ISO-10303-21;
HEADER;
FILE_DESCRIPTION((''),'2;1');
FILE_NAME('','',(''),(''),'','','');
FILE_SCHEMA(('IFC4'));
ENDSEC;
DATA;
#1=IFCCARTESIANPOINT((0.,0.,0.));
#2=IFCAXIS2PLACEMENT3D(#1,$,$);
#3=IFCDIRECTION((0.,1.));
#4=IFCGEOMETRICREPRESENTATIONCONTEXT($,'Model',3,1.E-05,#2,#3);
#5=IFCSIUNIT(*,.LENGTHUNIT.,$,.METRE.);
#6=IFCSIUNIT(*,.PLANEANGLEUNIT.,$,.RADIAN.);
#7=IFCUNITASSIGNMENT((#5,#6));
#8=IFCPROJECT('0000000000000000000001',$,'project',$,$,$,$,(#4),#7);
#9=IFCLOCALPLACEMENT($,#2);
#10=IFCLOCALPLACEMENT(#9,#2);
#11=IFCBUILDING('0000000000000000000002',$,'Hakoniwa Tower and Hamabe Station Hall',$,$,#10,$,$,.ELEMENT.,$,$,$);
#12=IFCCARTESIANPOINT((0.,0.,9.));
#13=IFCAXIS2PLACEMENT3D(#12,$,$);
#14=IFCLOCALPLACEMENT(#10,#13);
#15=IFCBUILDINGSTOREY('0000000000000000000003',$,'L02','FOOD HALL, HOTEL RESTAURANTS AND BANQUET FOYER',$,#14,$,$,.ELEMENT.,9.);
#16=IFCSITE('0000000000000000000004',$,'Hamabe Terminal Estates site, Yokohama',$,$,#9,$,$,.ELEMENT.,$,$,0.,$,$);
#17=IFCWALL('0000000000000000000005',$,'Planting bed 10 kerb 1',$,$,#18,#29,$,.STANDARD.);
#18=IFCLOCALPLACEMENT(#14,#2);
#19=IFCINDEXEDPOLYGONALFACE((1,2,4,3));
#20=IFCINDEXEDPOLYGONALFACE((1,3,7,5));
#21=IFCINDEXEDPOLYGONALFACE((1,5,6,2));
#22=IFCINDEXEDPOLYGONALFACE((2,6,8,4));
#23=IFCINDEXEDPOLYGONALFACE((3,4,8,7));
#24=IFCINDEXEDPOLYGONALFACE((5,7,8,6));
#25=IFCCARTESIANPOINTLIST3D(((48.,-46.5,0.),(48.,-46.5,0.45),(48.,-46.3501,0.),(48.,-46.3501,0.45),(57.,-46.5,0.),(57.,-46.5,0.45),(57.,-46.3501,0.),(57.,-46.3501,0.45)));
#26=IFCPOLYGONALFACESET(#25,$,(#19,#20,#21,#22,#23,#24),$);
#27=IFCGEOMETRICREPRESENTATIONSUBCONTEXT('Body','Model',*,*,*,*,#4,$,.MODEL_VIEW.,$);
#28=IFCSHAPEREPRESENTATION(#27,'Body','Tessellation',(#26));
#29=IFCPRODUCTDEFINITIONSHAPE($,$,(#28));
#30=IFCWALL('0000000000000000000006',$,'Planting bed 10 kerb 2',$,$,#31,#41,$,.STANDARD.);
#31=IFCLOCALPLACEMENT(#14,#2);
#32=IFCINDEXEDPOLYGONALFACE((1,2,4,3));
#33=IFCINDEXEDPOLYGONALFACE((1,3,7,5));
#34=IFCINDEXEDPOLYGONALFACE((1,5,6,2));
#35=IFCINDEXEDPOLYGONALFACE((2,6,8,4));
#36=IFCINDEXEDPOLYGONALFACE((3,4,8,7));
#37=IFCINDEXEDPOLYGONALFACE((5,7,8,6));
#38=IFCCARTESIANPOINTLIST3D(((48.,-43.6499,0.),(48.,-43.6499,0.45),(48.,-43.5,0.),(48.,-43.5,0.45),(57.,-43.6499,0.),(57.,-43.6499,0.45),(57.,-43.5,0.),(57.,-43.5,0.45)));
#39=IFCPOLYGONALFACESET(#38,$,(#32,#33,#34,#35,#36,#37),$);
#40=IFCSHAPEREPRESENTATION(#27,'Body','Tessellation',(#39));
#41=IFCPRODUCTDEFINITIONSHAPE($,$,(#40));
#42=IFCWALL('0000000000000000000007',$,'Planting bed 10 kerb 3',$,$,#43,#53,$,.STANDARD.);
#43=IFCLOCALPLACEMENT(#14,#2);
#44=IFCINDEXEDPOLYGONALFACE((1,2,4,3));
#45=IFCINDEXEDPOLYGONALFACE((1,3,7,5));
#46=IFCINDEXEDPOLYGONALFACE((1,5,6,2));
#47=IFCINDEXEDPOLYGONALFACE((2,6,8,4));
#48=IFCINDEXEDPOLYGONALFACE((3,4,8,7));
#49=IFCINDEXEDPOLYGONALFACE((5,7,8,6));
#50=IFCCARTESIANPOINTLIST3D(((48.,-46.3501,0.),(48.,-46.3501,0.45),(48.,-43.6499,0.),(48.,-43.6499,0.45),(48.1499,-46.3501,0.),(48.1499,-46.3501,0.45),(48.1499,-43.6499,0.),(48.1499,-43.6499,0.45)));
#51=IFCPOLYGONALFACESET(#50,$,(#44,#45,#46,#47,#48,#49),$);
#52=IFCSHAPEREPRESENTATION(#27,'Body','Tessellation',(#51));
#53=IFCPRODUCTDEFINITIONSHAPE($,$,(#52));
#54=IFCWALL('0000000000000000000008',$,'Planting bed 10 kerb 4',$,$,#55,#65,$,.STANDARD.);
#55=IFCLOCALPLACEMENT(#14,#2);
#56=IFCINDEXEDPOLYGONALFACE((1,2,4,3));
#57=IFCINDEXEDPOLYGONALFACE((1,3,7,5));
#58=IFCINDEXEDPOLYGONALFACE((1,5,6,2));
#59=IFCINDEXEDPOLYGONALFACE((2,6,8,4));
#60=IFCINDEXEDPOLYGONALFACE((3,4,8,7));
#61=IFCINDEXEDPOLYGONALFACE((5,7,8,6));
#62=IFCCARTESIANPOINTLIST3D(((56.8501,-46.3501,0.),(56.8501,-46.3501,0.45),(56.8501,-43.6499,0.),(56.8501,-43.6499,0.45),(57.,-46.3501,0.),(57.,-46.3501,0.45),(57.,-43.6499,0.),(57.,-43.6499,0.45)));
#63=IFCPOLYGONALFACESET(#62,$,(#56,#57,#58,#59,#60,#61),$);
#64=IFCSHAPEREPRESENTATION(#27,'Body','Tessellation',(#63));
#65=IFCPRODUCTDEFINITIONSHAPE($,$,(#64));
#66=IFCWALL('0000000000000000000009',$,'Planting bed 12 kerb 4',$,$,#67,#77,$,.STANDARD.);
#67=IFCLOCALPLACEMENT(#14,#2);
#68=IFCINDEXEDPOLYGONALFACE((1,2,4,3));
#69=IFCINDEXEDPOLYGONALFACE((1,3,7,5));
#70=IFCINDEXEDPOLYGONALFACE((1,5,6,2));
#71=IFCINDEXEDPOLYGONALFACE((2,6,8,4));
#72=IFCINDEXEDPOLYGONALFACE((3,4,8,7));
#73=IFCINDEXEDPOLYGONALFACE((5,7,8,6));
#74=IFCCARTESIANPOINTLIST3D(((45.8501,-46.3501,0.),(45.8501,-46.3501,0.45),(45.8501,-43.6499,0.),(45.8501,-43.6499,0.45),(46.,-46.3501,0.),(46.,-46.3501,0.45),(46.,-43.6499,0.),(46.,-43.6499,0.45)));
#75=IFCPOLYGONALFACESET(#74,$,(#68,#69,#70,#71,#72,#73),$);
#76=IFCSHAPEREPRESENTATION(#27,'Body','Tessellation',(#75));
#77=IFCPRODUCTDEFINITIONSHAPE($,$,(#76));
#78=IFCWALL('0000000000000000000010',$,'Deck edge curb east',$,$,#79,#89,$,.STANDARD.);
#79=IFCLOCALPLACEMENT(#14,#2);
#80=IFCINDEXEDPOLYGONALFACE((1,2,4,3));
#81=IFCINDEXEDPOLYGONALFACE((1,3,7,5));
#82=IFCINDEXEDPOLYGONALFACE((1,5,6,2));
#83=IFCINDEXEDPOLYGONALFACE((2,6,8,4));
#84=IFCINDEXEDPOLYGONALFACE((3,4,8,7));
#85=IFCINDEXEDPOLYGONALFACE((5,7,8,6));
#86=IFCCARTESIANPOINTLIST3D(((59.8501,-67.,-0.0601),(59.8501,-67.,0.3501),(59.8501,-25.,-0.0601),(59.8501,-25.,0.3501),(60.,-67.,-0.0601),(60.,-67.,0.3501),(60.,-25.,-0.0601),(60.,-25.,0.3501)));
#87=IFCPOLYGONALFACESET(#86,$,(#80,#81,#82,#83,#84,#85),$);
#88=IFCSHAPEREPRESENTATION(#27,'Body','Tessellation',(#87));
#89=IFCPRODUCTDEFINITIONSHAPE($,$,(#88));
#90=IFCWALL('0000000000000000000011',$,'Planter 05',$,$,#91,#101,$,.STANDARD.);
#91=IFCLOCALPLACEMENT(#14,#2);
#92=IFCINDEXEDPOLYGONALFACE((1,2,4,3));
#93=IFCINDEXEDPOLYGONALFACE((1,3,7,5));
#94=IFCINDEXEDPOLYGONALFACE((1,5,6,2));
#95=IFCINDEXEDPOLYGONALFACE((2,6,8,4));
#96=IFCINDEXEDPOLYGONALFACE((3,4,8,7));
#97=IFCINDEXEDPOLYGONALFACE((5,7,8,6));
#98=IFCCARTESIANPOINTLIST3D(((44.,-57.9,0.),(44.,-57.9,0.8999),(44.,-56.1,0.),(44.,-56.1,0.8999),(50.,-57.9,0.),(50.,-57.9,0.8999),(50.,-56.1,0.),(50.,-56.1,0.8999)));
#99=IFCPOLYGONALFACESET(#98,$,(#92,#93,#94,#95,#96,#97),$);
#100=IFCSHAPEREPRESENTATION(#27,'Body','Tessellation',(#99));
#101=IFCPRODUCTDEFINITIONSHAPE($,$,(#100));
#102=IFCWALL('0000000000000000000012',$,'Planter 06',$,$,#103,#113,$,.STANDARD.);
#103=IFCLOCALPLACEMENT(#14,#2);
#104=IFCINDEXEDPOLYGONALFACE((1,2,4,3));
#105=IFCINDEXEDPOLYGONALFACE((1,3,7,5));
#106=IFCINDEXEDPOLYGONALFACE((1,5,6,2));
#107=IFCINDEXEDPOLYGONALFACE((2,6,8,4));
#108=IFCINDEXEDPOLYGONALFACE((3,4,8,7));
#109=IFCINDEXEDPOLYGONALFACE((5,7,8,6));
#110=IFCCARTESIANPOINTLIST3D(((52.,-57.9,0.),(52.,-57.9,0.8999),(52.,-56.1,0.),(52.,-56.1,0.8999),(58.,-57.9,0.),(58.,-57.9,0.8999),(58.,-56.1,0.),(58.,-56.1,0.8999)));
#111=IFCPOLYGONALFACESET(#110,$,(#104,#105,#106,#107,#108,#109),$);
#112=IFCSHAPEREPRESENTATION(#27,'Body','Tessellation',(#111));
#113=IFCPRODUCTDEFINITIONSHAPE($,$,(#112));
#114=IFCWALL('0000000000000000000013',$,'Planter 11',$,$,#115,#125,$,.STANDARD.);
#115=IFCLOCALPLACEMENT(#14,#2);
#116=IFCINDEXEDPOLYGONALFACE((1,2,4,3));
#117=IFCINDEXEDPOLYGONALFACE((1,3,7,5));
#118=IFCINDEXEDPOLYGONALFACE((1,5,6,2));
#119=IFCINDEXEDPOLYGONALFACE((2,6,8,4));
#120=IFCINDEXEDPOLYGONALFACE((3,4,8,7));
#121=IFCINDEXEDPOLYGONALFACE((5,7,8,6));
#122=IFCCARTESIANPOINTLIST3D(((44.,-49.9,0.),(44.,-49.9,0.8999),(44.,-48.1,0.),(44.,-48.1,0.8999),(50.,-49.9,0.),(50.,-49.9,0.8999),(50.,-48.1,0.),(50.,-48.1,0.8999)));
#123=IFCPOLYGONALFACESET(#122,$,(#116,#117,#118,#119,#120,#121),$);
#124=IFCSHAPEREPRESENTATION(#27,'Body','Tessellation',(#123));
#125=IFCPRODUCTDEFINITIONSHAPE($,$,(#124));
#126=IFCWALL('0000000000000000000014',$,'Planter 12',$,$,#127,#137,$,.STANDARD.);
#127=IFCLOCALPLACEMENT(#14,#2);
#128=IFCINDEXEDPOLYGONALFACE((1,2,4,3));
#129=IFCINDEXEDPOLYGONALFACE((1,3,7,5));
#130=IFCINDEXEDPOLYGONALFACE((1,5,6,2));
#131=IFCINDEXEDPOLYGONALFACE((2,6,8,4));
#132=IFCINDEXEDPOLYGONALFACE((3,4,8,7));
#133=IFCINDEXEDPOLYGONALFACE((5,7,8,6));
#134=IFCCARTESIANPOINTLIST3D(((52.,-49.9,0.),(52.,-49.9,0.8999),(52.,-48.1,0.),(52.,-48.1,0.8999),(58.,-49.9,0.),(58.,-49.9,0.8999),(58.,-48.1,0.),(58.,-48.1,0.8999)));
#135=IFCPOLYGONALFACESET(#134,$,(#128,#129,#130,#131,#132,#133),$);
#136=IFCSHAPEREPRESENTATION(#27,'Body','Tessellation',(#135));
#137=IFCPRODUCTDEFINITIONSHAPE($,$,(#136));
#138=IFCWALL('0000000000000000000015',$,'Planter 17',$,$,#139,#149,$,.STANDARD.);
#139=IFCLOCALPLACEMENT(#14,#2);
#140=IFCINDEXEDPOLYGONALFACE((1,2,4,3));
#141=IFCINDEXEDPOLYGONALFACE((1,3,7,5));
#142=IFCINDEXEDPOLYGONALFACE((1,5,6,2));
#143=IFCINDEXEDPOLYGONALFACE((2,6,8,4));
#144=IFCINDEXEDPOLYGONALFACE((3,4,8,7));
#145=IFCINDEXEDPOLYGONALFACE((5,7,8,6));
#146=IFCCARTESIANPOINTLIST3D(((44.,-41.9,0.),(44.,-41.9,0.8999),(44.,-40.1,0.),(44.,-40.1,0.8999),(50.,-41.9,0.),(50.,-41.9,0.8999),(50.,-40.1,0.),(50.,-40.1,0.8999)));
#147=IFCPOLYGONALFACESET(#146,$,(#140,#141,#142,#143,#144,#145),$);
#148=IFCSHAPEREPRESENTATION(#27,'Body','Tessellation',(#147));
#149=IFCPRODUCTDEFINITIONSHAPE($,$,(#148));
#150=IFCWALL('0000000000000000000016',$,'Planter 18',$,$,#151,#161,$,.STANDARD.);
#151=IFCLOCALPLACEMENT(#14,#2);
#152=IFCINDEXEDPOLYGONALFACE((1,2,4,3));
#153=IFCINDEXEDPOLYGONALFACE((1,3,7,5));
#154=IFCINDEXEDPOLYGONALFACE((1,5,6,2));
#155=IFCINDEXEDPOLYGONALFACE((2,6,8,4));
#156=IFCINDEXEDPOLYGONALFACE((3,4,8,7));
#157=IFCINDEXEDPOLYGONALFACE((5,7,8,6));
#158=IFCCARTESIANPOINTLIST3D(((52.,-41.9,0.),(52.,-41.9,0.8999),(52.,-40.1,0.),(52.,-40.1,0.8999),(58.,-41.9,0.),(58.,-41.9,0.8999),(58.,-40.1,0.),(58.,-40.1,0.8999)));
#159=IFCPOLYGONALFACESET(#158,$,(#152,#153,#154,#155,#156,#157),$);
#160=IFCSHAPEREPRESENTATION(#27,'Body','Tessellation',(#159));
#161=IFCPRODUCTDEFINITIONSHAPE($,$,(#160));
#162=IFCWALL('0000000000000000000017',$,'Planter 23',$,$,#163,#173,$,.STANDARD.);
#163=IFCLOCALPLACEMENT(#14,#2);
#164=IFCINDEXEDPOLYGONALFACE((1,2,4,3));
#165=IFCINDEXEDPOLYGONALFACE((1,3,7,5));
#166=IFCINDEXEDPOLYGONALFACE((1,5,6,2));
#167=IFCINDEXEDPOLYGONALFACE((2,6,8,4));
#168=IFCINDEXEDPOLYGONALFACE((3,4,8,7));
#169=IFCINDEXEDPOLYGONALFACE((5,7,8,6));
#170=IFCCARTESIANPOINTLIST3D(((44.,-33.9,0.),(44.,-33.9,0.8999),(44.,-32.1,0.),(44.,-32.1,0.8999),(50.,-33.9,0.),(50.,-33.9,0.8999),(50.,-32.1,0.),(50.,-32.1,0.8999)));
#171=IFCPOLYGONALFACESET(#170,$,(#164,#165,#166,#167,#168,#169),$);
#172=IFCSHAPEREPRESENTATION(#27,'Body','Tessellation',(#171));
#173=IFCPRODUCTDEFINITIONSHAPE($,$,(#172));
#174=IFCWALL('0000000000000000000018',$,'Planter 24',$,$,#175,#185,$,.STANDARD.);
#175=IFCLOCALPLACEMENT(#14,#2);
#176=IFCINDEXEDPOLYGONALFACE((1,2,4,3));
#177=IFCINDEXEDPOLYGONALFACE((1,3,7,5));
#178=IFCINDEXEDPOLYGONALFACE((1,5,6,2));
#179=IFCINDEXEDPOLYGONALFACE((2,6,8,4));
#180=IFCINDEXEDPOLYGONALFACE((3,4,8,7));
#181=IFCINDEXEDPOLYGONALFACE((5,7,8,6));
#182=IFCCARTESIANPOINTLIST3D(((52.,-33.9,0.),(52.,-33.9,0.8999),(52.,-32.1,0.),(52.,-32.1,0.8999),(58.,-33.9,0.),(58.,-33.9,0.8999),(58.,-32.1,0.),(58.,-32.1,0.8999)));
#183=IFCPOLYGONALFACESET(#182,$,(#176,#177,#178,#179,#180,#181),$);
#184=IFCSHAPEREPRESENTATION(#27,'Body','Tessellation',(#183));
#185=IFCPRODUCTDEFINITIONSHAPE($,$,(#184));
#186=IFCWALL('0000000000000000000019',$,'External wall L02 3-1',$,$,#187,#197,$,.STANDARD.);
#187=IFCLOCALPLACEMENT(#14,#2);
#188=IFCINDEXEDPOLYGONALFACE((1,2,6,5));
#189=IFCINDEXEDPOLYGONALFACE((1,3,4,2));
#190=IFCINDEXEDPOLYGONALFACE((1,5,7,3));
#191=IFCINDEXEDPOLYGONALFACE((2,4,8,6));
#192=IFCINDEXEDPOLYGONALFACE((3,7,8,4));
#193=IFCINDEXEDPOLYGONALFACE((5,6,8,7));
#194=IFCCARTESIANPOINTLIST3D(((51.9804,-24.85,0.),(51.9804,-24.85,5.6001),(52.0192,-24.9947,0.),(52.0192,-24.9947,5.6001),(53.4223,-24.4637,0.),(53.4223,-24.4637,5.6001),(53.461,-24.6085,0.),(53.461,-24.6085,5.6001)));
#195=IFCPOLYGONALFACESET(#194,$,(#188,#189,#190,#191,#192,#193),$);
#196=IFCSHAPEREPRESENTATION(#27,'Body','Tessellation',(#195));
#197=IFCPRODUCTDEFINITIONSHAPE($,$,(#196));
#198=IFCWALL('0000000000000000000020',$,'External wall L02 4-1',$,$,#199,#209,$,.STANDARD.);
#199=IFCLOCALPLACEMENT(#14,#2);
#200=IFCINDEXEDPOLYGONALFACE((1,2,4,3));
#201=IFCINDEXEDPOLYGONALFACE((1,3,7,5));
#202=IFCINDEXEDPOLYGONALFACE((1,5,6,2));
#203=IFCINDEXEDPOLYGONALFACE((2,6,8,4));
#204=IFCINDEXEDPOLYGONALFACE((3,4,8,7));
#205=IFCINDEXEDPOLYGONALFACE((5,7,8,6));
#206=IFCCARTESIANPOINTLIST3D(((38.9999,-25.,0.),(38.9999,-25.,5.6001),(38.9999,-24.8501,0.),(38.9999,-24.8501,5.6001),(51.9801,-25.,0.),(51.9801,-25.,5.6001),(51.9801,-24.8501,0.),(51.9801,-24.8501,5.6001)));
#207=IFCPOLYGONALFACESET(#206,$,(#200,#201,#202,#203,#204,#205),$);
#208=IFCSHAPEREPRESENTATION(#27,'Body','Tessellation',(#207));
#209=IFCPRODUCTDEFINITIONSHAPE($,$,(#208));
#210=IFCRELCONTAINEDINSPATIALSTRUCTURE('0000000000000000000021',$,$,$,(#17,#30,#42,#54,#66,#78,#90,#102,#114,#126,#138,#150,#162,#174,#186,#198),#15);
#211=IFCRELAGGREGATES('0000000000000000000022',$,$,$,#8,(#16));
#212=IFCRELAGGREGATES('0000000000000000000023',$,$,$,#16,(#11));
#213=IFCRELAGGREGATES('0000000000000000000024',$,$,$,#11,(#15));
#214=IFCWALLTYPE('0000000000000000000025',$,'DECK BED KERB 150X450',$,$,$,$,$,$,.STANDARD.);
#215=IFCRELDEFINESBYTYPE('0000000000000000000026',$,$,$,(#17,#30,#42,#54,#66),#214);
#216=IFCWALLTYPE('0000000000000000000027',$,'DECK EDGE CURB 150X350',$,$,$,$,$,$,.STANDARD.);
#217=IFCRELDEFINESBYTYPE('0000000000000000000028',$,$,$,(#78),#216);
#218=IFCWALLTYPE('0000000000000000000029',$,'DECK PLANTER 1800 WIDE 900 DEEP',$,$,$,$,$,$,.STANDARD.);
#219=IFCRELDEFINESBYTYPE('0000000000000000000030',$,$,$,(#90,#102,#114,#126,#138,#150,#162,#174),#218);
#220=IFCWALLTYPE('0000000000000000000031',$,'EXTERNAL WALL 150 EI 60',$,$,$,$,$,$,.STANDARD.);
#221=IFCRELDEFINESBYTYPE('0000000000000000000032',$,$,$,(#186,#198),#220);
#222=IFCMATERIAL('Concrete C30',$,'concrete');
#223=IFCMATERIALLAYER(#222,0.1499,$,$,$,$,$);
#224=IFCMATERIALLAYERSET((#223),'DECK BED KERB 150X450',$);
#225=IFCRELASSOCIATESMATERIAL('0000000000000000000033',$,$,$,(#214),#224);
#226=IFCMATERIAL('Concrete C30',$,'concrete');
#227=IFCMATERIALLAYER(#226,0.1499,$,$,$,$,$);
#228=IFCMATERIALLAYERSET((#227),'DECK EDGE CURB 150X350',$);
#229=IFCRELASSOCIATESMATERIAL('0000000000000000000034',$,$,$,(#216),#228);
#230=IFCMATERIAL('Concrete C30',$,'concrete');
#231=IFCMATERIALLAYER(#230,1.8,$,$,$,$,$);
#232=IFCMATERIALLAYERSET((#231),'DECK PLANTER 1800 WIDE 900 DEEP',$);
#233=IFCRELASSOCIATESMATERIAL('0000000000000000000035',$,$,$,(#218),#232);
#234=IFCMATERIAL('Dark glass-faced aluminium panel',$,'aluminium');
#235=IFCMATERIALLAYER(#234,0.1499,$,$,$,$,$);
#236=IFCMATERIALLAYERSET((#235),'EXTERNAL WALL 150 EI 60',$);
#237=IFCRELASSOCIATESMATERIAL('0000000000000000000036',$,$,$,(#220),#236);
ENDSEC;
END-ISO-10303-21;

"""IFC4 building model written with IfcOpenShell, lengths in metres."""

from ifc_helpers import new_model, si_unit, direction, frame, frame_2d, origin, place, context, subcontext, project, spatial, rectangle, extrude, material, layer, layer_set, type_object, element, save


model = new_model("IFC4")

# Units and contexts
model_context = context("Model", 3, precision=1e-05, world=origin(), true_north=direction((0.0, 1.0)))
body_context = subcontext(model_context, "Body", "Model", "MODEL_VIEW")
ifc_project = project(units=[si_unit("LENGTHUNIT", "METRE"), si_unit("PLANEANGLEUNIT", "RADIAN")], contexts=[model_context])

# Site, building, storey
site_placement = place(None, origin())
site = spatial("IfcSite", under=ifc_project, at=site_placement, Name="Hamabe Terminal Estates site, Yokohama", CompositionType="ELEMENT", RefElevation=0.0)
building_placement = place(site_placement, origin())
building = spatial("IfcBuilding", under=site, at=building_placement, Name="Hakoniwa Tower and Hamabe Station Hall", CompositionType="ELEMENT")
storey_placement = place(building_placement, frame((0.0, 0.0, 9.0)))
storey = spatial("IfcBuildingStorey", under=building, at=storey_placement, Name="L02", Description="FOOD HALL, HOTEL RESTAURANTS AND BANQUET FOYER", CompositionType="ELEMENT", Elevation=9.0)

# Walls
ifc_material_1 = material(Name="Concrete C30", Category="concrete")
ifc_layer_1 = layer(ifc_material_1, 0.1499)
ifc_layer_set_1 = layer_set([ifc_layer_1], Name="DECK BED KERB 150X450")
wall_type_1 = type_object("IfcWallType", Name="DECK BED KERB 150X450", PredefinedType="STANDARD", material=ifc_layer_set_1)
for number, where, z_axis, x_axis, name in (
    (1, (48.0, -46.425, 0.0), (0.0, 0.0, 1.0), (1.0, 0.0, 0.0), "Planting bed 10 kerb 1"),
    (2, (48.0, -43.575, 0.0), (0.0, 0.0, 1.0), (1.0, 0.0, 0.0), "Planting bed 10 kerb 2"),
):
    element("IfcWall", number, at=place(storey_placement, frame(where, z_axis=z_axis, x_axis=x_axis)), inside=storey, type_object=wall_type_1, Name=name, PredefinedType="STANDARD", context=body_context, shape_type="SweptSolid", body=[
        extrude(rectangle(XDim=9.0, YDim=0.1499, at=frame_2d((4.5, 0.0))), origin(), (0.0, 0.0, 1.0), 0.45),
    ])
for number, where, z_axis, x_axis, name in (
    (3, (48.075, -46.3501, 0.0), (0.0, 0.0, 1.0), (0.0, 1.0, 0.0), "Planting bed 10 kerb 3"),
    (4, (56.925, -46.3501, 0.0), (0.0, 0.0, 1.0), (0.0, 1.0, 0.0), "Planting bed 10 kerb 4"),
    (5, (45.925, -46.3501, 0.0), (0.0, 0.0, 1.0), (0.0, 1.0, 0.0), "Planting bed 12 kerb 4"),
):
    element("IfcWall", number, at=place(storey_placement, frame(where, z_axis=z_axis, x_axis=x_axis)), inside=storey, type_object=wall_type_1, Name=name, PredefinedType="STANDARD", context=body_context, shape_type="SweptSolid", body=[
        extrude(rectangle(XDim=2.7002, YDim=0.1499, at=frame_2d((1.3501, 0.0))), origin(), (0.0, 0.0, 1.0), 0.45),
    ])
ifc_material_2 = material(Name="Concrete C30", Category="concrete")
ifc_layer_2 = layer(ifc_material_2, 0.1499)
ifc_layer_set_2 = layer_set([ifc_layer_2], Name="DECK EDGE CURB 150X350")
wall_type_2 = type_object("IfcWallType", Name="DECK EDGE CURB 150X350", PredefinedType="STANDARD", material=ifc_layer_set_2)
wall_1_placement = place(storey_placement, frame((59.925, -67.0, -0.0601), z_axis=(0.0, 0.0, 1.0), x_axis=(0.0, 1.0, 0.0)))
element("IfcWall", 6, at=wall_1_placement, inside=storey, type_object=wall_type_2, Name="Deck edge curb east", PredefinedType="STANDARD", context=body_context, shape_type="SweptSolid", body=[
    extrude(rectangle(XDim=42.0, YDim=0.1499, at=frame_2d((21.0, 0.0))), origin(), (0.0, 0.0, 1.0), 0.4102),
])
ifc_material_3 = material(Name="Concrete C30", Category="concrete")
ifc_layer_3 = layer(ifc_material_3, 1.8)
ifc_layer_set_3 = layer_set([ifc_layer_3], Name="DECK PLANTER 1800 WIDE 900 DEEP")
wall_type_3 = type_object("IfcWallType", Name="DECK PLANTER 1800 WIDE 900 DEEP", PredefinedType="STANDARD", material=ifc_layer_set_3)
for number, where, z_axis, x_axis, name in (
    (7, (44.0, -57.0, 0.0), (0.0, 0.0, 1.0), (1.0, 0.0, 0.0), "Planter 05"),
    (8, (52.0, -57.0, 0.0), (0.0, 0.0, 1.0), (1.0, 0.0, 0.0), "Planter 06"),
    (9, (44.0, -49.0, 0.0), (0.0, 0.0, 1.0), (1.0, 0.0, 0.0), "Planter 11"),
    (10, (52.0, -49.0, 0.0), (0.0, 0.0, 1.0), (1.0, 0.0, 0.0), "Planter 12"),
    (11, (44.0, -41.0, 0.0), (0.0, 0.0, 1.0), (1.0, 0.0, 0.0), "Planter 17"),
    (12, (52.0, -41.0, 0.0), (0.0, 0.0, 1.0), (1.0, 0.0, 0.0), "Planter 18"),
    (13, (44.0, -33.0, 0.0), (0.0, 0.0, 1.0), (1.0, 0.0, 0.0), "Planter 23"),
    (14, (52.0, -33.0, 0.0), (0.0, 0.0, 1.0), (1.0, 0.0, 0.0), "Planter 24"),
):
    element("IfcWall", number, at=place(storey_placement, frame(where, z_axis=z_axis, x_axis=x_axis)), inside=storey, type_object=wall_type_3, Name=name, PredefinedType="STANDARD", context=body_context, shape_type="SweptSolid", body=[
        extrude(rectangle(XDim=6.0, YDim=1.8, at=frame_2d((3.0, 0.0))), origin(), (0.0, 0.0, 1.0), 0.8999),
    ])
ifc_material_4 = material(Name="Dark glass-faced aluminium panel", Category="aluminium")
ifc_layer_4 = layer(ifc_material_4, 0.1499)
ifc_layer_set_4 = layer_set([ifc_layer_4], Name="EXTERNAL WALL 150 EI 60")
wall_type_4 = type_object("IfcWallType", Name="EXTERNAL WALL 150 EI 60", PredefinedType="STANDARD", material=ifc_layer_set_4)
wall_2_placement = place(storey_placement, frame((53.4417, -24.5361, 0.0), z_axis=(0.0, 0.0, 1.0), x_axis=(-0.965947, -0.258742, 0.0)))
element("IfcWall", 15, at=wall_2_placement, inside=storey, type_object=wall_type_4, Name="External wall L02 3-1", PredefinedType="STANDARD", context=body_context, shape_type="SweptSolid", body=[
    extrude(rectangle(XDim=1.4927, YDim=0.1499, at=frame_2d((0.7463, 0.0))), origin(), (0.0, 0.0, 1.0), 5.6001),
])
wall_3_placement = place(storey_placement, frame((51.9802, -24.925, 0.0), z_axis=(0.0, 0.0, 1.0), x_axis=(-1.0, 0.0, 0.0)))
element("IfcWall", 16, at=wall_3_placement, inside=storey, type_object=wall_type_4, Name="External wall L02 4-1", PredefinedType="STANDARD", context=body_context, shape_type="SweptSolid", body=[
    extrude(rectangle(XDim=12.9802, YDim=0.1499, at=frame_2d((6.4902, 0.0))), origin(), (0.0, 0.0, 1.0), 5.6001),
])

save(model, "model.ifc")
